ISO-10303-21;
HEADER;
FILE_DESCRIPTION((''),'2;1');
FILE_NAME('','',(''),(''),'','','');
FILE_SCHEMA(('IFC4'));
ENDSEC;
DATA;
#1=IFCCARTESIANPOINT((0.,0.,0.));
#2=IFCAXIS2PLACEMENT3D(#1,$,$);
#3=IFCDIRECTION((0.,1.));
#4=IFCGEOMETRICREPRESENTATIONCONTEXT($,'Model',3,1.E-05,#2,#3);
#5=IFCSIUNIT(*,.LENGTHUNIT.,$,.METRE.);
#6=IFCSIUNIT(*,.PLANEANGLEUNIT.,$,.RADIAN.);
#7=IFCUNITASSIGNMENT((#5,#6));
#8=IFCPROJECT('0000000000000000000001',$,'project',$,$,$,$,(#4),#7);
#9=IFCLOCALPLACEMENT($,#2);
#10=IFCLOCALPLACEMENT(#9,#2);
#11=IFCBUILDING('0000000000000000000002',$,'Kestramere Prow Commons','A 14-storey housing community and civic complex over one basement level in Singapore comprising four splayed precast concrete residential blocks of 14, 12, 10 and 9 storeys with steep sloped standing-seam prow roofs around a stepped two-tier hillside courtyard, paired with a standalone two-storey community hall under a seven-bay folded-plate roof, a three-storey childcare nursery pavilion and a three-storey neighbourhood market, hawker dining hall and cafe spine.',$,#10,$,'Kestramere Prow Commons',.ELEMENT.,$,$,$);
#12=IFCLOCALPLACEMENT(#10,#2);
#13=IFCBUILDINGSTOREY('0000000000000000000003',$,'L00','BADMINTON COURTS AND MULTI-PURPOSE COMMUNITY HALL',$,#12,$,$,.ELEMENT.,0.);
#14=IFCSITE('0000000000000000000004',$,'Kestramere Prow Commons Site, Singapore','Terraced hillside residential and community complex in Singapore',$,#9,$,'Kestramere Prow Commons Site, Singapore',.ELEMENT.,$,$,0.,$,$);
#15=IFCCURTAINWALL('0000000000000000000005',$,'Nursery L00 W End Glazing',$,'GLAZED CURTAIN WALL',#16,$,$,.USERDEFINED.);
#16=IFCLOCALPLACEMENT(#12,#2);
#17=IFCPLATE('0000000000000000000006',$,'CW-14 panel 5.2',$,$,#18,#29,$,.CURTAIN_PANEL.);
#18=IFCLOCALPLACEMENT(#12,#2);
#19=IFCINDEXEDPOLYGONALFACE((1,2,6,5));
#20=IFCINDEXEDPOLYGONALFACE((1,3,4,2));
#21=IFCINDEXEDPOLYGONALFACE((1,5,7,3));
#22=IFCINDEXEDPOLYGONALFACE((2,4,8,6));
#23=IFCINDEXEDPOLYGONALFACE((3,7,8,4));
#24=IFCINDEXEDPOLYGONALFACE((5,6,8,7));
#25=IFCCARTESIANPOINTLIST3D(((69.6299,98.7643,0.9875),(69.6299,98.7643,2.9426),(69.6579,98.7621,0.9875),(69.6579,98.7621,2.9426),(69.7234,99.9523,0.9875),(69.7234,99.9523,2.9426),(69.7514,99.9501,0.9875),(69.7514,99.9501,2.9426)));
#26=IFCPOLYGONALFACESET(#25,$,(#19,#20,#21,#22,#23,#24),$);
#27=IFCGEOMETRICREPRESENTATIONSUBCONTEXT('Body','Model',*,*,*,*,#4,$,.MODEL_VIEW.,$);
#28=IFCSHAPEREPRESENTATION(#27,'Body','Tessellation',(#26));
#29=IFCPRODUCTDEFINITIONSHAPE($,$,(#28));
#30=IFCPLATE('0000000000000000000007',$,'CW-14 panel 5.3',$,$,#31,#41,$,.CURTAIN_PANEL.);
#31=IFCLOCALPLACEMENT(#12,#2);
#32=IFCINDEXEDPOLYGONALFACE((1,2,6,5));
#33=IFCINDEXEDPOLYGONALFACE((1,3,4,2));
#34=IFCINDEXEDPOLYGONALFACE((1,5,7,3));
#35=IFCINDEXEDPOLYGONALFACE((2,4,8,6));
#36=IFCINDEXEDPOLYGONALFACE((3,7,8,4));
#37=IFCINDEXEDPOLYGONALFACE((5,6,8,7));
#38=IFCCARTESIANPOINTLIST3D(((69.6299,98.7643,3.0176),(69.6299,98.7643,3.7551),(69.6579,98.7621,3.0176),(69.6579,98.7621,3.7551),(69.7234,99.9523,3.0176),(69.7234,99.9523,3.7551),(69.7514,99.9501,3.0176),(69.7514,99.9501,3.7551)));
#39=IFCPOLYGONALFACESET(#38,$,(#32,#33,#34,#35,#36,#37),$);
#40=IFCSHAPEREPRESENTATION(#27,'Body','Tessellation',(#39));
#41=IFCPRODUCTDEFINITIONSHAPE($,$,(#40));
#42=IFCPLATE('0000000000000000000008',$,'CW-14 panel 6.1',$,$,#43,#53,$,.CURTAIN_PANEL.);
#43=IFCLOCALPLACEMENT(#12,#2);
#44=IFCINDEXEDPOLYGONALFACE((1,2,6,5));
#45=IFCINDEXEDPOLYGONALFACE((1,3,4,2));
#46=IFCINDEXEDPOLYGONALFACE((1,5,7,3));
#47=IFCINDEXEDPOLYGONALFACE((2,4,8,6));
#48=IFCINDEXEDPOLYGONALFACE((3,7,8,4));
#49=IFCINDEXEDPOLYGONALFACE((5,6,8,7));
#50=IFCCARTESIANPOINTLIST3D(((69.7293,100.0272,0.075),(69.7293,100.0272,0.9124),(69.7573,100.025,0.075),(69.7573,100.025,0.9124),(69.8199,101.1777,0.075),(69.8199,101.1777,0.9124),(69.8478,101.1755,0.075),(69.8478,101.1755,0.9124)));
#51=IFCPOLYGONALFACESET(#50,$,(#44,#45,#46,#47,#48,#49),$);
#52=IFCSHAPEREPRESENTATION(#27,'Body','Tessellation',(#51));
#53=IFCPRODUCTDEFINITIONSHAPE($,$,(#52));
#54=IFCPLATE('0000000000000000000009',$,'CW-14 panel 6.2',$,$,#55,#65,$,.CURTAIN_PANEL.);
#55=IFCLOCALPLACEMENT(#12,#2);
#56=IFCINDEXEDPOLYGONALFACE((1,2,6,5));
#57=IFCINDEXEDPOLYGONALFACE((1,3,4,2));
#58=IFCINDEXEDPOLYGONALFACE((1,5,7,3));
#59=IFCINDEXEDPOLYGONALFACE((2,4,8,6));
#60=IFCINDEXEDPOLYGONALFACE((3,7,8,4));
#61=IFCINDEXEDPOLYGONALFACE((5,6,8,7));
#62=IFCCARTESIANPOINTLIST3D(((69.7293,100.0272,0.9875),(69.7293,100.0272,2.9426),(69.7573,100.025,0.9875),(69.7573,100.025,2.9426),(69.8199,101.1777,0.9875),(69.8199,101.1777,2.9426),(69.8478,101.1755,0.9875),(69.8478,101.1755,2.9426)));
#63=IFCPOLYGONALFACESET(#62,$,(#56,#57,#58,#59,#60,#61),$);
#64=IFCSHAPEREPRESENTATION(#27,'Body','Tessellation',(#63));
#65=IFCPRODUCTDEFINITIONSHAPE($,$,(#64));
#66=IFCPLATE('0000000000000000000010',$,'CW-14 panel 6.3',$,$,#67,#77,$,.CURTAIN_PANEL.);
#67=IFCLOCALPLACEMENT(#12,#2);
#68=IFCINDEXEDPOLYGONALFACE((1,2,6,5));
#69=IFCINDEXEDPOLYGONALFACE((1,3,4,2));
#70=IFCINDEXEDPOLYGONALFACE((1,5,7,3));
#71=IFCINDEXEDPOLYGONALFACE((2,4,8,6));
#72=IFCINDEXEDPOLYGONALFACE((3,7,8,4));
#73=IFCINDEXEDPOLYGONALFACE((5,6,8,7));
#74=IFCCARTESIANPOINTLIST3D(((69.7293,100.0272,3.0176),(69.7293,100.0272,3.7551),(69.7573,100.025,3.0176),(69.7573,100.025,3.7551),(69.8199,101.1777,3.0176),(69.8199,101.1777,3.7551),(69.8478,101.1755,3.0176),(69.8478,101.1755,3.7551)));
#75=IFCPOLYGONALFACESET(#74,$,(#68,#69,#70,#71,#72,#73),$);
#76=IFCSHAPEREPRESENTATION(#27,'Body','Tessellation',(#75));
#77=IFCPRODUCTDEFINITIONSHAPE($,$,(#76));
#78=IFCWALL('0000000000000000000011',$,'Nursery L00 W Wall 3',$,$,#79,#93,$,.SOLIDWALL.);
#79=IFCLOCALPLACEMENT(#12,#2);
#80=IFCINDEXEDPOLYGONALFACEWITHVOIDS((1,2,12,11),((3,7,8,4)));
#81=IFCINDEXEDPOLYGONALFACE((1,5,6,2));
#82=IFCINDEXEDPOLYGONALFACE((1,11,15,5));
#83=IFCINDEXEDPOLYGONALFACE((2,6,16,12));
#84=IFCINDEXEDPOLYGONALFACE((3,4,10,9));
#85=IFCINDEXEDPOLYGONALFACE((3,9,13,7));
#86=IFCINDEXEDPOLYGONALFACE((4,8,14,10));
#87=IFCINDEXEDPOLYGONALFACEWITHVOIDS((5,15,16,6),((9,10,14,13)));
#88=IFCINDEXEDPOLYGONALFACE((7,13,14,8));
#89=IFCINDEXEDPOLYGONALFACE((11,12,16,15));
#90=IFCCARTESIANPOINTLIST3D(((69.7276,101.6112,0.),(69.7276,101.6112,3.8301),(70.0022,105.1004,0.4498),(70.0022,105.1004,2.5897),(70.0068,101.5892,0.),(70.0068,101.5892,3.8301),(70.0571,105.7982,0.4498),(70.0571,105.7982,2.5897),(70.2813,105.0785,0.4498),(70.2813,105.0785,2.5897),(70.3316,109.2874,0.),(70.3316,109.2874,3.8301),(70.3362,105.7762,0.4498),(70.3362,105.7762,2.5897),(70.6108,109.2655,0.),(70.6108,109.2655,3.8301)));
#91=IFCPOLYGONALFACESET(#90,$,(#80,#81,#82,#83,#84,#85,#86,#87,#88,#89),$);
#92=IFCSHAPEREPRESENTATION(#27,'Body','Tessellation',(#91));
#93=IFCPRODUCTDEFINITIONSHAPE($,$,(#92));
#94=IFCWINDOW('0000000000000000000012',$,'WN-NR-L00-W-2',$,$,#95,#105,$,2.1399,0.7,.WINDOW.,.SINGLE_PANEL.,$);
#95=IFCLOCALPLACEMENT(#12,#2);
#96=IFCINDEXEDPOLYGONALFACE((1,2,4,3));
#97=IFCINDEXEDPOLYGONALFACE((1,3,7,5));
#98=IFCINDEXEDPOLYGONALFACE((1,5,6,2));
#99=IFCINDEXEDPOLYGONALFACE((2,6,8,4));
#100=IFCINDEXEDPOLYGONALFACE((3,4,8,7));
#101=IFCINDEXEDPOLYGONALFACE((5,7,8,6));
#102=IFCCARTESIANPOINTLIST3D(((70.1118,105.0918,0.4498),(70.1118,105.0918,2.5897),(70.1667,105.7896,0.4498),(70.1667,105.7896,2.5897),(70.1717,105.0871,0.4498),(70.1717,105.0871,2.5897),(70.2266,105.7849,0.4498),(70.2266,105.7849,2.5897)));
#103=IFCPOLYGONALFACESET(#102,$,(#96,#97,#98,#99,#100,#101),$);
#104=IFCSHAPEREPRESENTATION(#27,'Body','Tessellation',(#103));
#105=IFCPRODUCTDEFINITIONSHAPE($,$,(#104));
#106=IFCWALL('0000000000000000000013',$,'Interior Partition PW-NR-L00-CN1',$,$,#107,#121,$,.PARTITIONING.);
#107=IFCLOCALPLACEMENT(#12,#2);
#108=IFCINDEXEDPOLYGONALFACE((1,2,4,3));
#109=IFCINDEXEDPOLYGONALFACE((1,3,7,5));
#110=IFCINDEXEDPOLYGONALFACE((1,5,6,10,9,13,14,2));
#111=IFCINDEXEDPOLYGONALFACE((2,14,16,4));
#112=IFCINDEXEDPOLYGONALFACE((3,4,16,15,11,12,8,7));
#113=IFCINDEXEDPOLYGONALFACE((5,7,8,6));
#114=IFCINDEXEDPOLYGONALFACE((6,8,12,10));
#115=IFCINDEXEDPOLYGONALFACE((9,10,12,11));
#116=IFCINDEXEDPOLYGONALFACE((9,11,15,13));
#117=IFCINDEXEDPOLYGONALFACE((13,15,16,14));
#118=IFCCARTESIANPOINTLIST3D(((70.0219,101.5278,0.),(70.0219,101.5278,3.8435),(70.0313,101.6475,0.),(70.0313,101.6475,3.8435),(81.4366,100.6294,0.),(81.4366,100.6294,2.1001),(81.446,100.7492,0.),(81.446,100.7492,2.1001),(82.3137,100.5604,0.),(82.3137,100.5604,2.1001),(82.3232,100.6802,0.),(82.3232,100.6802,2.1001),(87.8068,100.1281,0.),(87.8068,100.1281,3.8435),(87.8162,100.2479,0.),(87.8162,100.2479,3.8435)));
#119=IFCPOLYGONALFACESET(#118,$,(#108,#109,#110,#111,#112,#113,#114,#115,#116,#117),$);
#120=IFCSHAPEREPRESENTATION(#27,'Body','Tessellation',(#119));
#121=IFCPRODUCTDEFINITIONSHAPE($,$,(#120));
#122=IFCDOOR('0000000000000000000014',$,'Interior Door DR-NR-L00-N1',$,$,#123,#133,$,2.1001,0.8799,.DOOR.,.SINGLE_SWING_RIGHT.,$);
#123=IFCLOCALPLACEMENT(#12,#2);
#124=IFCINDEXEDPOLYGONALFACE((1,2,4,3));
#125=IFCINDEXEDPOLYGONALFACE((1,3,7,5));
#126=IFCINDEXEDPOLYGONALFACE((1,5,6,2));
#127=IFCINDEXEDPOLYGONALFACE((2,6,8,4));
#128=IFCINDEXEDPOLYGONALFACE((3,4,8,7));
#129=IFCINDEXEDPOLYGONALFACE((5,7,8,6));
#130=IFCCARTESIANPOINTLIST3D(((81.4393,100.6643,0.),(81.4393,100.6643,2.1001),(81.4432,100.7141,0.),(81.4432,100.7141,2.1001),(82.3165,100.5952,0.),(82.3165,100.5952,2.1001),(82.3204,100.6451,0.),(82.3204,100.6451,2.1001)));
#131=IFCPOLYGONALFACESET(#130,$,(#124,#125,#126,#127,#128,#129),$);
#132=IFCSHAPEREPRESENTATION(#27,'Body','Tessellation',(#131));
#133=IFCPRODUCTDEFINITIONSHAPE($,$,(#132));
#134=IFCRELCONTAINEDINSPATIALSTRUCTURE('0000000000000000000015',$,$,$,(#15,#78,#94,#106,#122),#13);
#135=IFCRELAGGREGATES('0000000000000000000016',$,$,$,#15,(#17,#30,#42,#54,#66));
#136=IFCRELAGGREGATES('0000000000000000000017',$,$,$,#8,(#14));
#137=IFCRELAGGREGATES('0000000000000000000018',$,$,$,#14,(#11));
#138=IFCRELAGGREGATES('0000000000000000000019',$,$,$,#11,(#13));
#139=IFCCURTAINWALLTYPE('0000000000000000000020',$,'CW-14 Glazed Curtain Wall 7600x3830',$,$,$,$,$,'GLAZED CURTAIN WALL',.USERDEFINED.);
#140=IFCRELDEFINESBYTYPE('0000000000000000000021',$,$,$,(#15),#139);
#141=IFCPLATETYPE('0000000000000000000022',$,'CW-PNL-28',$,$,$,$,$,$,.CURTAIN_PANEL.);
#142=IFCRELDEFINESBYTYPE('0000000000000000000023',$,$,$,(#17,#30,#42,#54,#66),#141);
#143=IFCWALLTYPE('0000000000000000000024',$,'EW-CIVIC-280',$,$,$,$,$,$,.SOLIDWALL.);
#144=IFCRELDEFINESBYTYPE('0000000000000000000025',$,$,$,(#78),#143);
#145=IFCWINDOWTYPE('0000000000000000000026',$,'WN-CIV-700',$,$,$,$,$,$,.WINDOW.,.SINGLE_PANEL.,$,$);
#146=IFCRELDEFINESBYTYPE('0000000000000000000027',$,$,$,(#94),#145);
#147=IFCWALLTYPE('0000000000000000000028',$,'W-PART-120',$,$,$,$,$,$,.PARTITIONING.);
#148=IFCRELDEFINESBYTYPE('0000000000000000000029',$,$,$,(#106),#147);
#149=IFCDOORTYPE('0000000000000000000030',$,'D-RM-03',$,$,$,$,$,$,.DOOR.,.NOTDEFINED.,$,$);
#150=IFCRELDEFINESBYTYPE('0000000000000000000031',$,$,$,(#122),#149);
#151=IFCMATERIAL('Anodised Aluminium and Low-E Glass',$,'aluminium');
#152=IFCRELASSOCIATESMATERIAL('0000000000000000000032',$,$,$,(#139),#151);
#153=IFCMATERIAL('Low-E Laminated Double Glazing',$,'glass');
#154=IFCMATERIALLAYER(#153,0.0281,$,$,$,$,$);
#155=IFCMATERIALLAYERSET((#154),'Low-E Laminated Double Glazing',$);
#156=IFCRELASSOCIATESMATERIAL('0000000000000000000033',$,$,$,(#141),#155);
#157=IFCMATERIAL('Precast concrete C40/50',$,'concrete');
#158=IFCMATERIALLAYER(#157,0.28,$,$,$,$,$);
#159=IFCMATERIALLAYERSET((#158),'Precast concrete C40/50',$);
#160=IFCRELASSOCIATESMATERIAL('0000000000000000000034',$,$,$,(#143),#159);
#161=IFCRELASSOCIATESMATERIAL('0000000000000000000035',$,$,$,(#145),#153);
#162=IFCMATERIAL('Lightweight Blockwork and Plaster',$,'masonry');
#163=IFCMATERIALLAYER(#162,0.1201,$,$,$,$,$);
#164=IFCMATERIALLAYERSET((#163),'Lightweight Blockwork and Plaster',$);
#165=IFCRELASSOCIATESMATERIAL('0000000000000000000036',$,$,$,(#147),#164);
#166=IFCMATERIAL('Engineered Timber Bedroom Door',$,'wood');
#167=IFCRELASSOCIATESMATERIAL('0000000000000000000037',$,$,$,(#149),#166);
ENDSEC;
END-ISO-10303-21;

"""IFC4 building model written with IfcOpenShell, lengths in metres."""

from ifc_helpers import new_model, si_unit, direction, frame, frame_2d, origin, origin_2d, place, context, subcontext, project, spatial, rectangle, extrude, material, layer, layer_set, type_object, element, fill, aggregate, save


model = new_model("IFC4")

# Units and contexts
model_context = context("Model", 3, precision=1e-05, world=origin(), true_north=direction((0.0, 1.0)))
body_context = subcontext(model_context, "Body", "Model", "MODEL_VIEW")
ifc_project = project(units=[si_unit("LENGTHUNIT", "METRE"), si_unit("PLANEANGLEUNIT", "RADIAN")], contexts=[model_context])

# Site, building, storey
site_placement = place(None, origin())
site = spatial("IfcSite", under=ifc_project, at=site_placement, Name="Kestramere Prow Commons Site, Singapore", Description="Terraced hillside residential and community complex in Singapore", LongName="Kestramere Prow Commons Site, Singapore", CompositionType="ELEMENT", RefElevation=0.0)
building_placement = place(site_placement, origin())
building = spatial("IfcBuilding", under=site, at=building_placement, Name="Kestramere Prow Commons", Description="A 14-storey housing community and civic complex over one basement level in Singapore comprising four splayed precast concrete residential blocks of 14, 12, 10 and 9 storeys with steep sloped standing-seam prow roofs around a stepped two-tier hillside courtyard, paired with a standalone two-storey community hall under a seven-bay folded-plate roof, a three-storey childcare nursery pavilion and a three-storey neighbourhood market, hawker dining hall and cafe spine.", LongName="Kestramere Prow Commons", CompositionType="ELEMENT")
storey_placement = place(building_placement, origin())
storey = spatial("IfcBuildingStorey", under=building, at=storey_placement, Name="L00", Description="BADMINTON COURTS AND MULTI-PURPOSE COMMUNITY HALL", CompositionType="ELEMENT", Elevation=0.0)

# Shared definitions
ifc_material_1 = material(Name="Anodised Aluminium and Low-E Glass", Category="aluminium")

# Curtain wall
curtain_wall_type_1 = type_object("IfcCurtainWallType", Name="CW-14 Glazed Curtain Wall 7600x3830", ElementType="GLAZED CURTAIN WALL", PredefinedType="USERDEFINED", material=ifc_material_1)
curtain_wall_1_placement = place(storey_placement, origin())
curtain_wall_1 = element("IfcCurtainWall", 1, at=curtain_wall_1_placement, inside=storey, type_object=curtain_wall_type_1, Name="Nursery L00 W End Glazing", ObjectType="GLAZED CURTAIN WALL", PredefinedType="USERDEFINED")

# Plates
ifc_material_2 = material(Name="Low-E Laminated Double Glazing", Category="glass")
ifc_layer_1 = layer(ifc_material_2, 0.0281)
ifc_layer_set_1 = layer_set([ifc_layer_1], Name="Low-E Laminated Double Glazing")
plate_type = type_object("IfcPlateType", Name="CW-PNL-28", PredefinedType="CURTAIN_PANEL", material=ifc_layer_set_1)
plate_1_placement = place(storey_placement, frame((69.6907, 99.3572, 0.9875), z_axis=(0.0, 0.0, 1.0), x_axis=(0.078459, 0.996917, 0.0)))
plate_1 = element("IfcPlate", 2, at=plate_1_placement, type_object=plate_type, Name="CW-14 panel 5.2", PredefinedType="CURTAIN_PANEL", context=body_context, shape_type="SweptSolid", body=[
    extrude(rectangle(XDim=1.1917, YDim=0.0281, at=origin_2d()), origin(), (0.0, 0.0, 1.0), 1.9551),
])
plate_2_placement = place(storey_placement, frame((69.6907, 99.3572, 3.0176), z_axis=(0.0, 0.0, 1.0), x_axis=(0.078459, 0.996917, 0.0)))
plate_2 = element("IfcPlate", 3, at=plate_2_placement, type_object=plate_type, Name="CW-14 panel 5.3", PredefinedType="CURTAIN_PANEL", context=body_context, shape_type="SweptSolid", body=[
    extrude(rectangle(XDim=1.1917, YDim=0.0281, at=origin_2d()), origin(), (0.0, 0.0, 1.0), 0.7375),
])
plate_3_placement = place(storey_placement, frame((69.7886, 100.6013, 0.075), z_axis=(0.0, 0.0, 1.0), x_axis=(0.078459, 0.996917, 0.0)))
plate_3 = element("IfcPlate", 4, at=plate_3_placement, type_object=plate_type, Name="CW-14 panel 6.1", PredefinedType="CURTAIN_PANEL", context=body_context, shape_type="SweptSolid", body=[
    extrude(rectangle(XDim=1.1541, YDim=0.0281, at=origin_2d()), origin(), (0.0, 0.0, 1.0), 0.8374),
])
plate_4_placement = place(storey_placement, frame((69.7886, 100.6013, 0.9875), z_axis=(0.0, 0.0, 1.0), x_axis=(0.078459, 0.996917, 0.0)))
plate_4 = element("IfcPlate", 5, at=plate_4_placement, type_object=plate_type, Name="CW-14 panel 6.2", PredefinedType="CURTAIN_PANEL", context=body_context, shape_type="SweptSolid", body=[
    extrude(rectangle(XDim=1.1541, YDim=0.0281, at=origin_2d()), origin(), (0.0, 0.0, 1.0), 1.9551),
])
plate_5_placement = place(storey_placement, frame((69.7886, 100.6013, 3.0176), z_axis=(0.0, 0.0, 1.0), x_axis=(0.078459, 0.996917, 0.0)))
plate_5 = element("IfcPlate", 6, at=plate_5_placement, type_object=plate_type, Name="CW-14 panel 6.3", PredefinedType="CURTAIN_PANEL", context=body_context, shape_type="SweptSolid", body=[
    extrude(rectangle(XDim=1.1541, YDim=0.0281, at=origin_2d()), origin(), (0.0, 0.0, 1.0), 0.7375),
])
aggregate(curtain_wall_1, [plate_1, plate_2, plate_3, plate_4, plate_5])

# Wall, opening, window
ifc_material_3 = material(Name="Precast concrete C40/50", Category="concrete")
ifc_layer_2 = layer(ifc_material_3, 0.28)
ifc_layer_set_2 = layer_set([ifc_layer_2], Name="Precast concrete C40/50")
wall_type_1 = type_object("IfcWallType", Name="EW-CIVIC-280", PredefinedType="SOLIDWALL", material=ifc_layer_set_2)
wall_1_placement = place(storey_placement, frame((69.8672, 101.6001, 0.0), z_axis=(0.0, 0.0, 1.0), x_axis=(0.078442, 0.996919, 0.0)))
wall_1 = element("IfcWall", 7, at=wall_1_placement, inside=storey, type_object=wall_type_1, Name="Nursery L00 W Wall 3", PredefinedType="SOLIDWALL", context=body_context, shape_type="SweptSolid", body=[
    extrude(rectangle(XDim=7.7, YDim=0.28, at=frame_2d((3.8501, 0.0))), origin(), (0.0, 0.0, 1.0), 3.8301),
])
opening_1_placement = place(wall_1_placement, frame((3.5, 0.0, 0.45)))
opening_1 = element("IfcOpeningElement", 8, at=opening_1_placement, cuts=wall_1, PredefinedType="OPENING", context=body_context, shape_type="SweptSolid", body=[
    extrude(rectangle(XDim=0.7, YDim=2.1399, at=frame_2d((0.3501, 1.0698))), frame((0.0, 0.155, 0.0), z_axis=(0.0, -1.0, 0.0), x_axis=(1.0, 0.0, 0.0)), (0.0, 0.0, 1.0), 0.3101),
])
window_type = type_object("IfcWindowType", Name="WN-CIV-700", PartitioningType="SINGLE_PANEL", PredefinedType="WINDOW", material=ifc_material_2)
window_placement = place(opening_1_placement, origin())
window = element("IfcWindow", 9, at=window_placement, inside=storey, type_object=window_type, Name="WN-NR-L00-W-2", OverallHeight=2.1399, OverallWidth=0.7, PartitioningType="SINGLE_PANEL", PredefinedType="WINDOW", context=body_context, shape_type="SweptSolid", body=[
    extrude(rectangle(XDim=0.7, YDim=2.1399, at=frame_2d((0.3501, 1.0698))), frame((0.0, 0.03, 0.0), z_axis=(0.0, -1.0, 0.0), x_axis=(1.0, 0.0, 0.0)), (0.0, 0.0, 1.0), 0.0601),
])
fill(opening_1, window)

# Wall, opening, door
ifc_material_4 = material(Name="Lightweight Blockwork and Plaster", Category="masonry")
ifc_layer_3 = layer(ifc_material_4, 0.1201)
ifc_layer_set_3 = layer_set([ifc_layer_3], Name="Lightweight Blockwork and Plaster")
wall_type_2 = type_object("IfcWallType", Name="W-PART-120", PredefinedType="PARTITIONING", material=ifc_layer_set_3)
wall_2_placement = place(storey_placement, frame((70.0266, 101.5876, 0.0), z_axis=(0.0, 0.0, 1.0), x_axis=(0.996918, -0.078457, 0.0)))
wall_2 = element("IfcWall", 10, at=wall_2_placement, inside=storey, type_object=wall_type_2, Name="Interior Partition PW-NR-L00-CN1", PredefinedType="PARTITIONING", context=body_context, shape_type="SweptSolid", body=[
    extrude(rectangle(XDim=17.8398, YDim=0.1201, at=frame_2d((8.9199, 0.0))), origin(), (0.0, 0.0, 1.0), 3.8435),
])
opening_2_placement = place(wall_2_placement, frame((11.45, 0.0, 0.0)))
opening_2 = element("IfcOpeningElement", 11, at=opening_2_placement, cuts=wall_2, PredefinedType="OPENING", context=body_context, shape_type="SweptSolid", body=[
    extrude(rectangle(XDim=0.8799, YDim=2.1001, at=frame_2d((0.4399, 1.05))), frame((0.0, 0.075, 0.0), z_axis=(0.0, -1.0, 0.0), x_axis=(1.0, 0.0, 0.0)), (0.0, 0.0, 1.0), 0.1501),
])
ifc_material_5 = material(Name="Engineered Timber Bedroom Door", Category="wood")
door_type = type_object("IfcDoorType", Name="D-RM-03", OperationType="NOTDEFINED", PredefinedType="DOOR", material=ifc_material_5)
door_placement = place(opening_2_placement, origin())
door = element("IfcDoor", 12, at=door_placement, inside=storey, type_object=door_type, Name="Interior Door DR-NR-L00-N1", OperationType="SINGLE_SWING_RIGHT", OverallHeight=2.1001, OverallWidth=0.8799, PredefinedType="DOOR", context=body_context, shape_type="SweptSolid", body=[
    extrude(rectangle(XDim=0.8799, YDim=2.1001, at=frame_2d((0.4399, 1.05))), frame((0.0, 0.0249, 0.0), z_axis=(0.0, -1.0, 0.0), x_axis=(1.0, 0.0, 0.0)), (0.0, 0.0, 1.0), 0.05),
])
fill(opening_2, door)

save(model, "model.ifc")
